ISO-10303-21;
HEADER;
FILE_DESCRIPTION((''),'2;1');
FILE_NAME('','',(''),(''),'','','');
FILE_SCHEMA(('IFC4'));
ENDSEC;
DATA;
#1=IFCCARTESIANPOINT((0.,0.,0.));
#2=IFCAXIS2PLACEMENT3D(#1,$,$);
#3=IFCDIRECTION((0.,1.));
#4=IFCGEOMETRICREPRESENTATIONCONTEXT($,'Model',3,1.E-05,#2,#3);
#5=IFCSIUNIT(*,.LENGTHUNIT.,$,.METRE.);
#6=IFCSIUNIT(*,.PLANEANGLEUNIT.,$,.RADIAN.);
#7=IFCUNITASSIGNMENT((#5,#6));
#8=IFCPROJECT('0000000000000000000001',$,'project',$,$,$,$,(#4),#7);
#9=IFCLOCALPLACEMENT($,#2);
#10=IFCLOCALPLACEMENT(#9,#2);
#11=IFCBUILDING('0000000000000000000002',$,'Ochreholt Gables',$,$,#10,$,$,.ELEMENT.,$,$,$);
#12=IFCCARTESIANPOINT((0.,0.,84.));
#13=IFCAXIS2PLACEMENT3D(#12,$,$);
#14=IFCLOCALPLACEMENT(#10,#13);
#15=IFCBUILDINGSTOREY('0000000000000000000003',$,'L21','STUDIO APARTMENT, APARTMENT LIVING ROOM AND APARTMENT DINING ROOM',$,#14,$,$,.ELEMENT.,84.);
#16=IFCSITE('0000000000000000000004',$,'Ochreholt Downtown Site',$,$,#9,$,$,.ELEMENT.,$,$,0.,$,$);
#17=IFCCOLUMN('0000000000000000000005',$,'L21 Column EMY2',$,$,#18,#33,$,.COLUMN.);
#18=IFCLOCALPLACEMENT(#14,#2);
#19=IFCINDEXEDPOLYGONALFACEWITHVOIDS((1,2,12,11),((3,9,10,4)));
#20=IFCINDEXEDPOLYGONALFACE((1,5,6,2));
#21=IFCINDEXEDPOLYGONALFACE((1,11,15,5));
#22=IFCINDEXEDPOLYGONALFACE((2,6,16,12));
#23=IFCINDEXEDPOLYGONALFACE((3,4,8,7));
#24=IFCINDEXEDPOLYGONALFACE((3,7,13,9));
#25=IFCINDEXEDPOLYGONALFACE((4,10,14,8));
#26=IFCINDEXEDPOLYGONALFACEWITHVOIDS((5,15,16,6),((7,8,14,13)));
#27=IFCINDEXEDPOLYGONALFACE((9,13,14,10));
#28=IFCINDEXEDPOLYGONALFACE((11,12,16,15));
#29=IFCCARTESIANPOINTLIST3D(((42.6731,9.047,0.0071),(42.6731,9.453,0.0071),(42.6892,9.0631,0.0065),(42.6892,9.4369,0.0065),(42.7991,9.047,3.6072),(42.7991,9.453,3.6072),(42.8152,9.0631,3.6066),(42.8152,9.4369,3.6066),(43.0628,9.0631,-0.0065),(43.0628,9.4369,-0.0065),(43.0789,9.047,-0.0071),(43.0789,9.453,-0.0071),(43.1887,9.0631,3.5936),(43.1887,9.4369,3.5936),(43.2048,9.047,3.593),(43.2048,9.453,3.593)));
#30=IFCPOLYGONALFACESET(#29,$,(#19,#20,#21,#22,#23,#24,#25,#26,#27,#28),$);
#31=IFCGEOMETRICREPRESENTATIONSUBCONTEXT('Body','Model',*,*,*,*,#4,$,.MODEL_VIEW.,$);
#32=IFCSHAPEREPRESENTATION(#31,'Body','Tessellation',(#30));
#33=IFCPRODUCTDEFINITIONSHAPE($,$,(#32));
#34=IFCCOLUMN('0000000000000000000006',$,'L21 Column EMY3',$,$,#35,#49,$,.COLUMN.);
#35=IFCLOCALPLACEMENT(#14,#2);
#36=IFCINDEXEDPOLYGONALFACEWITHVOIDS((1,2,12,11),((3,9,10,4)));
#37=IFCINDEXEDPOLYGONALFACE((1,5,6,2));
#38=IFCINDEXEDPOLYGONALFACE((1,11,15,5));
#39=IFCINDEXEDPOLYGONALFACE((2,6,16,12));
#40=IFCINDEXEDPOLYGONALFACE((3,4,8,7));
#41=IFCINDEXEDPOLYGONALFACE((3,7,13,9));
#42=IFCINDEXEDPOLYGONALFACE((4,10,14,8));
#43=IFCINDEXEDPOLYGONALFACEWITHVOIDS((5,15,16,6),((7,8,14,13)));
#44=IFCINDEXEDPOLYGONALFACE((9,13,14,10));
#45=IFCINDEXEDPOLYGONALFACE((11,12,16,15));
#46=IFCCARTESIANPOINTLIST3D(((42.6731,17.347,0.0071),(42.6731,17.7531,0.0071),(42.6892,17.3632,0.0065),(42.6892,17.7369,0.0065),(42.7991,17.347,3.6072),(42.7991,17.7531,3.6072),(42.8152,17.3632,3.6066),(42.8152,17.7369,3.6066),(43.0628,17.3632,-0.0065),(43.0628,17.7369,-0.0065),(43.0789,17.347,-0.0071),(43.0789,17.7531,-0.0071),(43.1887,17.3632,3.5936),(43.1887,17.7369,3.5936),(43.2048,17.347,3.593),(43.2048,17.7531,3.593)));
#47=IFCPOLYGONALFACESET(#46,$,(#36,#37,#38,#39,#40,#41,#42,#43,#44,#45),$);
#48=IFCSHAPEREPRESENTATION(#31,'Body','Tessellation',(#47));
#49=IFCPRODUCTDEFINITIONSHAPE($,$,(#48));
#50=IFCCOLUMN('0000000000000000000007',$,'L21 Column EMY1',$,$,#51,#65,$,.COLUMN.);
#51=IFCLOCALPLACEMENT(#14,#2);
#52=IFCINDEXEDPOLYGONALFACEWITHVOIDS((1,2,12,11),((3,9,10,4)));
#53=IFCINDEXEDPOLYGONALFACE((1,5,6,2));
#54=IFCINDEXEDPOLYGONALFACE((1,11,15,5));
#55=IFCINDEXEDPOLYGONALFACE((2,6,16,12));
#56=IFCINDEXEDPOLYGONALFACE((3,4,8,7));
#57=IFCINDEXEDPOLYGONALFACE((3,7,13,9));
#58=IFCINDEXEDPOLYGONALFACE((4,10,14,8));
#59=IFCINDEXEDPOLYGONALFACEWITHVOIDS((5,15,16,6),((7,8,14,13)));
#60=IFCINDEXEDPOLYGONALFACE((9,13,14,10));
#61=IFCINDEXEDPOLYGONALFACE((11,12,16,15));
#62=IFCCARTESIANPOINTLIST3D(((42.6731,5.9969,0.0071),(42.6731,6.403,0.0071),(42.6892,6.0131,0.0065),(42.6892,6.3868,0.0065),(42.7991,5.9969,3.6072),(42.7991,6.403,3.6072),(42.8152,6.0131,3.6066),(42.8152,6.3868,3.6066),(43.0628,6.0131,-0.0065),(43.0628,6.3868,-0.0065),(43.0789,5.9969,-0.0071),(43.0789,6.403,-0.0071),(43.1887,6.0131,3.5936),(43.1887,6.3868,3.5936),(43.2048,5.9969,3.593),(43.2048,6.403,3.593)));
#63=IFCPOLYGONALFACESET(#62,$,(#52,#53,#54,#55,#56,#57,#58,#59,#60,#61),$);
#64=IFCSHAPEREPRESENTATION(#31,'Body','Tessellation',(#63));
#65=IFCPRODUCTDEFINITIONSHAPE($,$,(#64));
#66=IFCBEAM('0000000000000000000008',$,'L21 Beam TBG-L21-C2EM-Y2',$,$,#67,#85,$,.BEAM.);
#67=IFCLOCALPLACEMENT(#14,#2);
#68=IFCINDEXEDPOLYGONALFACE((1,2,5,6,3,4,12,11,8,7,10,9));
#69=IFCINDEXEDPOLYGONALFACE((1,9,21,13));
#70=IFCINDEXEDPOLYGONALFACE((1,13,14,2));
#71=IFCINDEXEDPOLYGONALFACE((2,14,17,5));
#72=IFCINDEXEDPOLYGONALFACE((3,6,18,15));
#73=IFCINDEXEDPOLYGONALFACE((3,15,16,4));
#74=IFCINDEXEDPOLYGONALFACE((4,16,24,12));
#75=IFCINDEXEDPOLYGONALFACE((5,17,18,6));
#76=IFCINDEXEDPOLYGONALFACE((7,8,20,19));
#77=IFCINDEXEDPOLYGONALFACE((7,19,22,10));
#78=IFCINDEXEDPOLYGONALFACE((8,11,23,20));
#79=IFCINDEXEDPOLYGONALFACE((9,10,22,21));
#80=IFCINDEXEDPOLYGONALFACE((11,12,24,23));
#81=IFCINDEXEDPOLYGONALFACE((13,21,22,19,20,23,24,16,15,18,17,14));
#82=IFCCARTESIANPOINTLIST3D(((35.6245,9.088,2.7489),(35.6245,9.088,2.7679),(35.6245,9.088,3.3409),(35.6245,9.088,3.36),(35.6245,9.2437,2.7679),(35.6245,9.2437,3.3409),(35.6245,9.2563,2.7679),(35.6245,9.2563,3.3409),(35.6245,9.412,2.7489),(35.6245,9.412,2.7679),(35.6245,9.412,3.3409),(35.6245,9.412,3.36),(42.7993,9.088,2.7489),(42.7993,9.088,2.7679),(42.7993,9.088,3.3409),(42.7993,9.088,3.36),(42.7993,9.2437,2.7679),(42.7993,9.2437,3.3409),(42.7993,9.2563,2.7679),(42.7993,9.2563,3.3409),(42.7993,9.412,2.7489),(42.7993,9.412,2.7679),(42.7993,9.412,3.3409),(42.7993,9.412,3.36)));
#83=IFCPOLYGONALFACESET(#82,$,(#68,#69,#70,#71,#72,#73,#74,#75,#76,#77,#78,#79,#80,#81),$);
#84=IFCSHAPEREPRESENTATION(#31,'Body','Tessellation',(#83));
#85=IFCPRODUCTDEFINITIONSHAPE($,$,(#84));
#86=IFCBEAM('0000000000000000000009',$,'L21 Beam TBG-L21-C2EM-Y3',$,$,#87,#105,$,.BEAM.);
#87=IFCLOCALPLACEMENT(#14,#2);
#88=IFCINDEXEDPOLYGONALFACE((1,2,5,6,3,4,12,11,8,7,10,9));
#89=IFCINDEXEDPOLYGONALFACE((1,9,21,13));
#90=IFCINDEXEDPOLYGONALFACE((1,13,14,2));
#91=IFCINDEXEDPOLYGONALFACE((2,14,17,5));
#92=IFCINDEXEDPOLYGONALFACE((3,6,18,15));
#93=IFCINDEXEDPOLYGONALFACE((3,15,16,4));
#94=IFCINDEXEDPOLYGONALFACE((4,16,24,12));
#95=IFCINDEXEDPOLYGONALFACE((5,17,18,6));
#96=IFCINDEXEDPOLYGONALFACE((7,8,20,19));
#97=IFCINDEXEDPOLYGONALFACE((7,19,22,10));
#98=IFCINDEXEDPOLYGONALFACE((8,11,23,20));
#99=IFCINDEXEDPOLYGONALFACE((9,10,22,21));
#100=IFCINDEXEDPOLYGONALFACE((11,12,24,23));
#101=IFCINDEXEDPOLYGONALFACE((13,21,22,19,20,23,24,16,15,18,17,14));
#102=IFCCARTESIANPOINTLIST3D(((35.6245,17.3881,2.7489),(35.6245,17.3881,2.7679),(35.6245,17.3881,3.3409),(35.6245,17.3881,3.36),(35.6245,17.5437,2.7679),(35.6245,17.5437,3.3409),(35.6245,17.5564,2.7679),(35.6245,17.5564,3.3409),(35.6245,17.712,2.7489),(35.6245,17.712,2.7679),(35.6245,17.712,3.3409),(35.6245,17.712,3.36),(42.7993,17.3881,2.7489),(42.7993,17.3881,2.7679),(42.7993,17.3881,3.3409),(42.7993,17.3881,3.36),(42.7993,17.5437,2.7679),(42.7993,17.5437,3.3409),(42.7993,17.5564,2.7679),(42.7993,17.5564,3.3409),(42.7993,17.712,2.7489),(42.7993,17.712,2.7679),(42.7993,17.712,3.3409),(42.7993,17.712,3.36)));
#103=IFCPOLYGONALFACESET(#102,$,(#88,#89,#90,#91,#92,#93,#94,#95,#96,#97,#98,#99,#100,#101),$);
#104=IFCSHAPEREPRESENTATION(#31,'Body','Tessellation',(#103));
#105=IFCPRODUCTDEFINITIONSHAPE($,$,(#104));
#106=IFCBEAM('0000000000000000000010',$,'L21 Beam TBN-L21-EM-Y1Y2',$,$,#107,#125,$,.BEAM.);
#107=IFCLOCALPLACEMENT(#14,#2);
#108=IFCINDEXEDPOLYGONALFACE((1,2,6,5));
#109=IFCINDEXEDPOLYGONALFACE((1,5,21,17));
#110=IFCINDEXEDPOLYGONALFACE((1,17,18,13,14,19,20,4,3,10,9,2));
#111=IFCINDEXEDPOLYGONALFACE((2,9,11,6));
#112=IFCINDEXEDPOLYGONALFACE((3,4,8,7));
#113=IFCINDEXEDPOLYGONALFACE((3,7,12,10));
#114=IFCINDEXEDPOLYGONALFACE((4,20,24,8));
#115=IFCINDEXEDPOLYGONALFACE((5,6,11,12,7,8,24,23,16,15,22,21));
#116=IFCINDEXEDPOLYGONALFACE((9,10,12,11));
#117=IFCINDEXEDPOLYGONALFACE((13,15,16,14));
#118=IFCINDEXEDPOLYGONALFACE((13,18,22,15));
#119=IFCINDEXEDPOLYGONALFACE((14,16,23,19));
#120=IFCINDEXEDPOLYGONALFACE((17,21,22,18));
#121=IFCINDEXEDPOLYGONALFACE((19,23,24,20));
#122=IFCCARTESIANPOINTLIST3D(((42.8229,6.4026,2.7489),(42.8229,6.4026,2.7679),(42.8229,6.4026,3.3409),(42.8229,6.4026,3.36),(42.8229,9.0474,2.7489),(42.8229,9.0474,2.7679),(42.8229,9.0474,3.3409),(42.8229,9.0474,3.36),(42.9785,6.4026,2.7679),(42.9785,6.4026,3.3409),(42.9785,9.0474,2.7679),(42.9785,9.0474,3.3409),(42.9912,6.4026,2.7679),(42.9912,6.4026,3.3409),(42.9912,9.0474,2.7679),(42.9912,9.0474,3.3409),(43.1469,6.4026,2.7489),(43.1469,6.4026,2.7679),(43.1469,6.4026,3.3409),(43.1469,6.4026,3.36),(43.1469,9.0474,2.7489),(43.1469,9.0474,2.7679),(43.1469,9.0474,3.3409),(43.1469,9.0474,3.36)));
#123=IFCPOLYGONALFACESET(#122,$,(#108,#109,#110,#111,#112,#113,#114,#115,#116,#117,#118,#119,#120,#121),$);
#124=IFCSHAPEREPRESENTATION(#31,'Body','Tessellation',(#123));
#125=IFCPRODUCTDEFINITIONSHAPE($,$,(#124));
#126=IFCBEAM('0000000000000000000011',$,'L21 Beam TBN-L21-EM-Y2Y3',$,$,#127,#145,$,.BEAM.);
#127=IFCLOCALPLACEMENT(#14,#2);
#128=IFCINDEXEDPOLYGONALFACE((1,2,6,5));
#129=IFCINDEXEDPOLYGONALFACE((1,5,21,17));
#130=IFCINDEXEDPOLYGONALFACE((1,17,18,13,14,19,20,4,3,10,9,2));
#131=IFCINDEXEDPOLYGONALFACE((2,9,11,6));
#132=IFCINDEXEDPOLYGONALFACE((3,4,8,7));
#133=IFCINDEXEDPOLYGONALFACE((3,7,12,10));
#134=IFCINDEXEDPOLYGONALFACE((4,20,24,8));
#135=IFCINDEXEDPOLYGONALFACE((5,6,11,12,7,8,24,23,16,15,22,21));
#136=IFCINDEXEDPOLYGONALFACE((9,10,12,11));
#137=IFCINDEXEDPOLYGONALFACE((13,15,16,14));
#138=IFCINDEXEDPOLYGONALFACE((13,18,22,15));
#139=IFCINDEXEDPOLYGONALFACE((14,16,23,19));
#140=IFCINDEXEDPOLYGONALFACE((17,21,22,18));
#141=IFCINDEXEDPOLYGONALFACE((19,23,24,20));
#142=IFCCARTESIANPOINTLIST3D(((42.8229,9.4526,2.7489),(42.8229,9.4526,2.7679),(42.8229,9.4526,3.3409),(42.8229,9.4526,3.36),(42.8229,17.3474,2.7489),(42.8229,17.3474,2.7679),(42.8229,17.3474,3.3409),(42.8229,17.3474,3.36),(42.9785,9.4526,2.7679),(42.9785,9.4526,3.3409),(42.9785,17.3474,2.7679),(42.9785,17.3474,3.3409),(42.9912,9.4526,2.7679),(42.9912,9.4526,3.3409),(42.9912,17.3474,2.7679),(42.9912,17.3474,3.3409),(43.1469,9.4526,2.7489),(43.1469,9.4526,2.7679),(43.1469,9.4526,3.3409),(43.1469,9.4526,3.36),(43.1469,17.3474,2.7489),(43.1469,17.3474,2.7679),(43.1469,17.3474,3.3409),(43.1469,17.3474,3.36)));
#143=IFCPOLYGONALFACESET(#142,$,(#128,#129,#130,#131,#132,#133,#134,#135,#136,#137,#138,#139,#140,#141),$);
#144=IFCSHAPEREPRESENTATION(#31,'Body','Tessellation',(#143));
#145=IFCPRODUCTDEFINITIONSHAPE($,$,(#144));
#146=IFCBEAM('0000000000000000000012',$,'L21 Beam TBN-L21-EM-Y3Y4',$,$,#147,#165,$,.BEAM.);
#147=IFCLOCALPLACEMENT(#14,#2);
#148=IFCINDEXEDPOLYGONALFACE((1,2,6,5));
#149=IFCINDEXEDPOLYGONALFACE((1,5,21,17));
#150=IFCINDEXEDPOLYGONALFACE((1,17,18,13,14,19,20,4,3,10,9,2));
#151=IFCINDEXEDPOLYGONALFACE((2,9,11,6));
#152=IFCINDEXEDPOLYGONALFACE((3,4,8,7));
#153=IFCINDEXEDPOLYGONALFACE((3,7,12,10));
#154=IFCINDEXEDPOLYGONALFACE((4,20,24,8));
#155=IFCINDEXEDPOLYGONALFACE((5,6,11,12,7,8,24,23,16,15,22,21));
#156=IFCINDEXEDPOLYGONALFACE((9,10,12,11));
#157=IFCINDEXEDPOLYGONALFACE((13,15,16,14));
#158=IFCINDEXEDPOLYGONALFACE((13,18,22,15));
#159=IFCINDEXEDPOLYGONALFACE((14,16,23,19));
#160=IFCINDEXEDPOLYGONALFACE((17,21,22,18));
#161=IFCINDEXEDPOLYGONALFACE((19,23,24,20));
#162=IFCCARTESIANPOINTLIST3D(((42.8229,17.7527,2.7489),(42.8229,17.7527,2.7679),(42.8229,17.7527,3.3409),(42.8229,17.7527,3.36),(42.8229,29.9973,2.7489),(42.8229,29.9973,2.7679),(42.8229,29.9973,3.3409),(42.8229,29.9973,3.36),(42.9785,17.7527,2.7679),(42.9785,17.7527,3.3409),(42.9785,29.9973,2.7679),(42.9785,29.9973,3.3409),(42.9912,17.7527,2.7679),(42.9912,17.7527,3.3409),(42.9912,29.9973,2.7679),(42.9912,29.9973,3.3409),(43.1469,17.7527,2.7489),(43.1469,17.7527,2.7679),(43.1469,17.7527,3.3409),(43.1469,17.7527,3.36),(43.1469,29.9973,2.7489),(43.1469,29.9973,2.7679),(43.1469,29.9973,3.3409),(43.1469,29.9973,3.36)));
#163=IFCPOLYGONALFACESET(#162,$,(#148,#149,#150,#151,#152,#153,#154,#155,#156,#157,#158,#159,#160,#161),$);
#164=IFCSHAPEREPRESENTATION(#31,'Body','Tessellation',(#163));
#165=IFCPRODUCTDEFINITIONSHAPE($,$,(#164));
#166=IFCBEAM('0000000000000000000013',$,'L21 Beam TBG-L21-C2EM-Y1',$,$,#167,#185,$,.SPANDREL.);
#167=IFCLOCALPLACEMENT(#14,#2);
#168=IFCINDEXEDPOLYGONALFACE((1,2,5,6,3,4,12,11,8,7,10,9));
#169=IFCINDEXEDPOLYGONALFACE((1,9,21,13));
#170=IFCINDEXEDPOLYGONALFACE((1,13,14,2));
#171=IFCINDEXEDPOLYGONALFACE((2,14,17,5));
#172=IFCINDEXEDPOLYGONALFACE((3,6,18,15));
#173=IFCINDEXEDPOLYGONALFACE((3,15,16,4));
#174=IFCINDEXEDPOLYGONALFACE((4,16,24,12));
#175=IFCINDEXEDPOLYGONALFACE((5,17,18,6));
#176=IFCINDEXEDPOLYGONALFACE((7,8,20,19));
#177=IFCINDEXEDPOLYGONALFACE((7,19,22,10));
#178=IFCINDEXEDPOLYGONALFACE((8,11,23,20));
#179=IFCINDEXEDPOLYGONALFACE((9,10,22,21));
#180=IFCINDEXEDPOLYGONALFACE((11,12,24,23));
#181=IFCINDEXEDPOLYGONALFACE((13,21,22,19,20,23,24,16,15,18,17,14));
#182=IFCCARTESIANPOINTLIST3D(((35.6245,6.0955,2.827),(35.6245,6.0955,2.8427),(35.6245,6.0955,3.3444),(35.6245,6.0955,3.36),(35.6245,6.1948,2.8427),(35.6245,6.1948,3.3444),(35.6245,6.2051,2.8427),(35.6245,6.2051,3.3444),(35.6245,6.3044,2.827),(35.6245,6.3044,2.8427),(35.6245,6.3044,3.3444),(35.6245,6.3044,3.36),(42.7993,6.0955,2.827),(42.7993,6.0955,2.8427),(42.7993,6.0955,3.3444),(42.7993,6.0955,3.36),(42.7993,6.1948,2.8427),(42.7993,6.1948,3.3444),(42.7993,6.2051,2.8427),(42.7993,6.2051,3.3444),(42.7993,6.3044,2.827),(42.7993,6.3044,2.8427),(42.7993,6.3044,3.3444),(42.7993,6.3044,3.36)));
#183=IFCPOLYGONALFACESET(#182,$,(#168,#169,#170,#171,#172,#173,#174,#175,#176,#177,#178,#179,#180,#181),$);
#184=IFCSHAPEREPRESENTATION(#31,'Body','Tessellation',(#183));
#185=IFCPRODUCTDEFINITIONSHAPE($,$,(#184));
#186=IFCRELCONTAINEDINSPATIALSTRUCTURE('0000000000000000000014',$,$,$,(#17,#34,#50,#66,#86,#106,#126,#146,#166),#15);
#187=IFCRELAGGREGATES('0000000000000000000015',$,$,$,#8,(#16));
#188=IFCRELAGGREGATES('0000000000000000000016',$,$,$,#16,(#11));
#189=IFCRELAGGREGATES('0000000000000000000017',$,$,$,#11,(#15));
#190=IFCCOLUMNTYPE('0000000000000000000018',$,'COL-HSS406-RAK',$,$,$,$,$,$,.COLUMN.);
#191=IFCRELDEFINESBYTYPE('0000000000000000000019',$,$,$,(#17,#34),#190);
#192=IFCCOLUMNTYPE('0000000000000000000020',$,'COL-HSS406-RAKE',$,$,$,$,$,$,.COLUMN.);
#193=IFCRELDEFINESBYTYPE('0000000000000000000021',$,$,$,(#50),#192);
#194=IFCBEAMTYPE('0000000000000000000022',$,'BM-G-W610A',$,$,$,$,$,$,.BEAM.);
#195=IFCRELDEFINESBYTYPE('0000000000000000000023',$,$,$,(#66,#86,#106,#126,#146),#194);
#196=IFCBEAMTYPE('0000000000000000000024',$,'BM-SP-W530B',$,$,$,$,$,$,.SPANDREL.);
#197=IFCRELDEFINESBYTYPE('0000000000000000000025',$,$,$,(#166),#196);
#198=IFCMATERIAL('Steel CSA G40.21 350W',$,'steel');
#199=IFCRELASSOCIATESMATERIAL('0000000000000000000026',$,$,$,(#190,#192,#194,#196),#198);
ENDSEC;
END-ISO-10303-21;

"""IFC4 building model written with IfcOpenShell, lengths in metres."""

from ifc_helpers import new_model, si_unit, direction, frame, origin, origin_2d, place, context, subcontext, project, spatial, hollow_rectangle, i_section, extrude, material, material_profile, profile_set, type_object, element, save


model = new_model("IFC4")

# Units and contexts
model_context = context("Model", 3, precision=1e-05, world=origin(), true_north=direction((0.0, 1.0)))
body_context = subcontext(model_context, "Body", "Model", "MODEL_VIEW")
ifc_project = project(units=[si_unit("LENGTHUNIT", "METRE"), si_unit("PLANEANGLEUNIT", "RADIAN")], contexts=[model_context])

# Site, building, storey
site_placement = place(None, origin())
site = spatial("IfcSite", under=ifc_project, at=site_placement, Name="Ochreholt Downtown Site", CompositionType="ELEMENT", RefElevation=0.0)
building_placement = place(site_placement, origin())
building = spatial("IfcBuilding", under=site, at=building_placement, Name="Ochreholt Gables", CompositionType="ELEMENT")
storey_placement = place(building_placement, frame((0.0, 0.0, 84.0)))
storey = spatial("IfcBuildingStorey", under=building, at=storey_placement, Name="L21", Description="STUDIO APARTMENT, APARTMENT LIVING ROOM AND APARTMENT DINING ROOM", CompositionType="ELEMENT", Elevation=84.0)

# Columns
ifc_material_1 = material(Name="Steel CSA G40.21 350W", Category="steel")
ifc_material_profile_1 = material_profile(ifc_material_1, hollow_rectangle(XDim=0.406, YDim=0.406, WallThickness=0.0161, at=origin_2d()), Name="HSS406X406X16")
ifc_profile_set_1 = profile_set([ifc_material_profile_1], Name="Steel CSA G40.21 350W")
column_type_1 = type_object("IfcColumnType", Name="COL-HSS406-RAK", PredefinedType="COLUMN", material=ifc_profile_set_1)
for number, where, z_axis, x_axis, name in (
    (1, (42.876, 9.25, 0.0), (0.034971, 0.0, 0.999388), (0.0, 1.0, 0.0), "L21 Column EMY2"),
    (2, (42.876, 17.55, 0.0), (0.034971, 0.0, 0.999388), (0.0, 1.0, 0.0), "L21 Column EMY3"),
):
    element("IfcColumn", number, at=place(storey_placement, frame(where, z_axis=z_axis, x_axis=x_axis)), inside=storey, type_object=column_type_1, Name=name, PredefinedType="COLUMN", context=body_context, shape_type="SweptSolid", body=[
        extrude(hollow_rectangle(XDim=0.406, YDim=0.406, WallThickness=0.0161, at=origin_2d()), origin(), (0.0, 0.0, 1.0), 3.6023),
    ])
ifc_material_profile_2 = material_profile(ifc_material_1, hollow_rectangle(XDim=0.406, YDim=0.406, WallThickness=0.0161, at=origin_2d()), Name="HSS406X406X16")
ifc_profile_set_2 = profile_set([ifc_material_profile_2], Name="Steel CSA G40.21 350W")
column_type_2 = type_object("IfcColumnType", Name="COL-HSS406-RAKE", PredefinedType="COLUMN", material=ifc_profile_set_2)
column_placement = place(storey_placement, frame((42.876, 6.2, 0.0), z_axis=(0.034971, 0.0, 0.999388), x_axis=(0.0, 1.0, 0.0)))
element("IfcColumn", 3, at=column_placement, inside=storey, type_object=column_type_2, Name="L21 Column EMY1", PredefinedType="COLUMN", context=body_context, shape_type="SweptSolid", body=[
    extrude(hollow_rectangle(XDim=0.406, YDim=0.406, WallThickness=0.0161, at=origin_2d()), origin(), (0.0, 0.0, 1.0), 3.6023),
])

# Beams
ifc_material_profile_3 = material_profile(ifc_material_1, i_section(OverallWidth=0.324, OverallDepth=0.6111, WebThickness=0.0127, FlangeThickness=0.019, at=origin_2d()), Name="W610X155")
ifc_profile_set_3 = profile_set([ifc_material_profile_3], Name="Steel CSA G40.21 350W")
beam_type_1 = type_object("IfcBeamType", Name="BM-G-W610A", PredefinedType="BEAM", material=ifc_profile_set_3)
for number, where, z_axis, x_axis, name in (
    (4, (35.6245, 9.25, 3.0544), (1.0, 0.0, 0.0), (0.0, 1.0, 0.0), "L21 Beam TBG-L21-C2EM-Y2"),
    (5, (35.6245, 17.55, 3.0544), (1.0, 0.0, 0.0), (0.0, 1.0, 0.0), "L21 Beam TBG-L21-C2EM-Y3"),
):
    element("IfcBeam", number, at=place(storey_placement, frame(where, z_axis=z_axis, x_axis=x_axis)), inside=storey, type_object=beam_type_1, Name=name, PredefinedType="BEAM", context=body_context, shape_type="SweptSolid", body=[
        extrude(i_section(OverallWidth=0.324, OverallDepth=0.6111, WebThickness=0.0127, FlangeThickness=0.019, at=origin_2d()), origin(), (0.0, 0.0, 1.0), 7.1748),
    ])
beam_1_placement = place(storey_placement, frame((42.9849, 6.4026, 3.0544), z_axis=(0.0, 1.0, 0.0), x_axis=(-1.0, 0.0, 0.0)))
element("IfcBeam", 6, at=beam_1_placement, inside=storey, type_object=beam_type_1, Name="L21 Beam TBN-L21-EM-Y1Y2", PredefinedType="BEAM", context=body_context, shape_type="SweptSolid", body=[
    extrude(i_section(OverallWidth=0.324, OverallDepth=0.6111, WebThickness=0.0127, FlangeThickness=0.019, at=origin_2d()), origin(), (0.0, 0.0, 1.0), 2.6448),
])
beam_2_placement = place(storey_placement, frame((42.9849, 9.4526, 3.0544), z_axis=(0.0, 1.0, 0.0), x_axis=(-1.0, 0.0, 0.0)))
element("IfcBeam", 7, at=beam_2_placement, inside=storey, type_object=beam_type_1, Name="L21 Beam TBN-L21-EM-Y2Y3", PredefinedType="BEAM", context=body_context, shape_type="SweptSolid", body=[
    extrude(i_section(OverallWidth=0.324, OverallDepth=0.6111, WebThickness=0.0127, FlangeThickness=0.019, at=origin_2d()), origin(), (0.0, 0.0, 1.0), 7.8948),
])
beam_3_placement = place(storey_placement, frame((42.9849, 17.7527, 3.0544), z_axis=(0.0, 1.0, 0.0), x_axis=(-1.0, 0.0, 0.0)))
element("IfcBeam", 8, at=beam_3_placement, inside=storey, type_object=beam_type_1, Name="L21 Beam TBN-L21-EM-Y3Y4", PredefinedType="BEAM", context=body_context, shape_type="SweptSolid", body=[
    extrude(i_section(OverallWidth=0.324, OverallDepth=0.6111, WebThickness=0.0127, FlangeThickness=0.019, at=origin_2d()), origin(), (0.0, 0.0, 1.0), 12.2446),
])
ifc_material_profile_4 = material_profile(ifc_material_1, i_section(OverallWidth=0.209, OverallDepth=0.533, WebThickness=0.0103, FlangeThickness=0.0156, at=origin_2d()), Name="W530X92")
ifc_profile_set_4 = profile_set([ifc_material_profile_4], Name="Steel CSA G40.21 350W")
beam_type_2 = type_object("IfcBeamType", Name="BM-SP-W530B", PredefinedType="SPANDREL", material=ifc_profile_set_4)
beam_4_placement = place(storey_placement, frame((35.6245, 6.2, 3.0935), z_axis=(1.0, 0.0, 0.0), x_axis=(0.0, 1.0, 0.0)))
element("IfcBeam", 9, at=beam_4_placement, inside=storey, type_object=beam_type_2, Name="L21 Beam TBG-L21-C2EM-Y1", PredefinedType="SPANDREL", context=body_context, shape_type="SweptSolid", body=[
    extrude(i_section(OverallWidth=0.209, OverallDepth=0.533, WebThickness=0.0103, FlangeThickness=0.0156, at=origin_2d()), origin(), (0.0, 0.0, 1.0), 7.1748),
])

save(model, "model.ifc")
